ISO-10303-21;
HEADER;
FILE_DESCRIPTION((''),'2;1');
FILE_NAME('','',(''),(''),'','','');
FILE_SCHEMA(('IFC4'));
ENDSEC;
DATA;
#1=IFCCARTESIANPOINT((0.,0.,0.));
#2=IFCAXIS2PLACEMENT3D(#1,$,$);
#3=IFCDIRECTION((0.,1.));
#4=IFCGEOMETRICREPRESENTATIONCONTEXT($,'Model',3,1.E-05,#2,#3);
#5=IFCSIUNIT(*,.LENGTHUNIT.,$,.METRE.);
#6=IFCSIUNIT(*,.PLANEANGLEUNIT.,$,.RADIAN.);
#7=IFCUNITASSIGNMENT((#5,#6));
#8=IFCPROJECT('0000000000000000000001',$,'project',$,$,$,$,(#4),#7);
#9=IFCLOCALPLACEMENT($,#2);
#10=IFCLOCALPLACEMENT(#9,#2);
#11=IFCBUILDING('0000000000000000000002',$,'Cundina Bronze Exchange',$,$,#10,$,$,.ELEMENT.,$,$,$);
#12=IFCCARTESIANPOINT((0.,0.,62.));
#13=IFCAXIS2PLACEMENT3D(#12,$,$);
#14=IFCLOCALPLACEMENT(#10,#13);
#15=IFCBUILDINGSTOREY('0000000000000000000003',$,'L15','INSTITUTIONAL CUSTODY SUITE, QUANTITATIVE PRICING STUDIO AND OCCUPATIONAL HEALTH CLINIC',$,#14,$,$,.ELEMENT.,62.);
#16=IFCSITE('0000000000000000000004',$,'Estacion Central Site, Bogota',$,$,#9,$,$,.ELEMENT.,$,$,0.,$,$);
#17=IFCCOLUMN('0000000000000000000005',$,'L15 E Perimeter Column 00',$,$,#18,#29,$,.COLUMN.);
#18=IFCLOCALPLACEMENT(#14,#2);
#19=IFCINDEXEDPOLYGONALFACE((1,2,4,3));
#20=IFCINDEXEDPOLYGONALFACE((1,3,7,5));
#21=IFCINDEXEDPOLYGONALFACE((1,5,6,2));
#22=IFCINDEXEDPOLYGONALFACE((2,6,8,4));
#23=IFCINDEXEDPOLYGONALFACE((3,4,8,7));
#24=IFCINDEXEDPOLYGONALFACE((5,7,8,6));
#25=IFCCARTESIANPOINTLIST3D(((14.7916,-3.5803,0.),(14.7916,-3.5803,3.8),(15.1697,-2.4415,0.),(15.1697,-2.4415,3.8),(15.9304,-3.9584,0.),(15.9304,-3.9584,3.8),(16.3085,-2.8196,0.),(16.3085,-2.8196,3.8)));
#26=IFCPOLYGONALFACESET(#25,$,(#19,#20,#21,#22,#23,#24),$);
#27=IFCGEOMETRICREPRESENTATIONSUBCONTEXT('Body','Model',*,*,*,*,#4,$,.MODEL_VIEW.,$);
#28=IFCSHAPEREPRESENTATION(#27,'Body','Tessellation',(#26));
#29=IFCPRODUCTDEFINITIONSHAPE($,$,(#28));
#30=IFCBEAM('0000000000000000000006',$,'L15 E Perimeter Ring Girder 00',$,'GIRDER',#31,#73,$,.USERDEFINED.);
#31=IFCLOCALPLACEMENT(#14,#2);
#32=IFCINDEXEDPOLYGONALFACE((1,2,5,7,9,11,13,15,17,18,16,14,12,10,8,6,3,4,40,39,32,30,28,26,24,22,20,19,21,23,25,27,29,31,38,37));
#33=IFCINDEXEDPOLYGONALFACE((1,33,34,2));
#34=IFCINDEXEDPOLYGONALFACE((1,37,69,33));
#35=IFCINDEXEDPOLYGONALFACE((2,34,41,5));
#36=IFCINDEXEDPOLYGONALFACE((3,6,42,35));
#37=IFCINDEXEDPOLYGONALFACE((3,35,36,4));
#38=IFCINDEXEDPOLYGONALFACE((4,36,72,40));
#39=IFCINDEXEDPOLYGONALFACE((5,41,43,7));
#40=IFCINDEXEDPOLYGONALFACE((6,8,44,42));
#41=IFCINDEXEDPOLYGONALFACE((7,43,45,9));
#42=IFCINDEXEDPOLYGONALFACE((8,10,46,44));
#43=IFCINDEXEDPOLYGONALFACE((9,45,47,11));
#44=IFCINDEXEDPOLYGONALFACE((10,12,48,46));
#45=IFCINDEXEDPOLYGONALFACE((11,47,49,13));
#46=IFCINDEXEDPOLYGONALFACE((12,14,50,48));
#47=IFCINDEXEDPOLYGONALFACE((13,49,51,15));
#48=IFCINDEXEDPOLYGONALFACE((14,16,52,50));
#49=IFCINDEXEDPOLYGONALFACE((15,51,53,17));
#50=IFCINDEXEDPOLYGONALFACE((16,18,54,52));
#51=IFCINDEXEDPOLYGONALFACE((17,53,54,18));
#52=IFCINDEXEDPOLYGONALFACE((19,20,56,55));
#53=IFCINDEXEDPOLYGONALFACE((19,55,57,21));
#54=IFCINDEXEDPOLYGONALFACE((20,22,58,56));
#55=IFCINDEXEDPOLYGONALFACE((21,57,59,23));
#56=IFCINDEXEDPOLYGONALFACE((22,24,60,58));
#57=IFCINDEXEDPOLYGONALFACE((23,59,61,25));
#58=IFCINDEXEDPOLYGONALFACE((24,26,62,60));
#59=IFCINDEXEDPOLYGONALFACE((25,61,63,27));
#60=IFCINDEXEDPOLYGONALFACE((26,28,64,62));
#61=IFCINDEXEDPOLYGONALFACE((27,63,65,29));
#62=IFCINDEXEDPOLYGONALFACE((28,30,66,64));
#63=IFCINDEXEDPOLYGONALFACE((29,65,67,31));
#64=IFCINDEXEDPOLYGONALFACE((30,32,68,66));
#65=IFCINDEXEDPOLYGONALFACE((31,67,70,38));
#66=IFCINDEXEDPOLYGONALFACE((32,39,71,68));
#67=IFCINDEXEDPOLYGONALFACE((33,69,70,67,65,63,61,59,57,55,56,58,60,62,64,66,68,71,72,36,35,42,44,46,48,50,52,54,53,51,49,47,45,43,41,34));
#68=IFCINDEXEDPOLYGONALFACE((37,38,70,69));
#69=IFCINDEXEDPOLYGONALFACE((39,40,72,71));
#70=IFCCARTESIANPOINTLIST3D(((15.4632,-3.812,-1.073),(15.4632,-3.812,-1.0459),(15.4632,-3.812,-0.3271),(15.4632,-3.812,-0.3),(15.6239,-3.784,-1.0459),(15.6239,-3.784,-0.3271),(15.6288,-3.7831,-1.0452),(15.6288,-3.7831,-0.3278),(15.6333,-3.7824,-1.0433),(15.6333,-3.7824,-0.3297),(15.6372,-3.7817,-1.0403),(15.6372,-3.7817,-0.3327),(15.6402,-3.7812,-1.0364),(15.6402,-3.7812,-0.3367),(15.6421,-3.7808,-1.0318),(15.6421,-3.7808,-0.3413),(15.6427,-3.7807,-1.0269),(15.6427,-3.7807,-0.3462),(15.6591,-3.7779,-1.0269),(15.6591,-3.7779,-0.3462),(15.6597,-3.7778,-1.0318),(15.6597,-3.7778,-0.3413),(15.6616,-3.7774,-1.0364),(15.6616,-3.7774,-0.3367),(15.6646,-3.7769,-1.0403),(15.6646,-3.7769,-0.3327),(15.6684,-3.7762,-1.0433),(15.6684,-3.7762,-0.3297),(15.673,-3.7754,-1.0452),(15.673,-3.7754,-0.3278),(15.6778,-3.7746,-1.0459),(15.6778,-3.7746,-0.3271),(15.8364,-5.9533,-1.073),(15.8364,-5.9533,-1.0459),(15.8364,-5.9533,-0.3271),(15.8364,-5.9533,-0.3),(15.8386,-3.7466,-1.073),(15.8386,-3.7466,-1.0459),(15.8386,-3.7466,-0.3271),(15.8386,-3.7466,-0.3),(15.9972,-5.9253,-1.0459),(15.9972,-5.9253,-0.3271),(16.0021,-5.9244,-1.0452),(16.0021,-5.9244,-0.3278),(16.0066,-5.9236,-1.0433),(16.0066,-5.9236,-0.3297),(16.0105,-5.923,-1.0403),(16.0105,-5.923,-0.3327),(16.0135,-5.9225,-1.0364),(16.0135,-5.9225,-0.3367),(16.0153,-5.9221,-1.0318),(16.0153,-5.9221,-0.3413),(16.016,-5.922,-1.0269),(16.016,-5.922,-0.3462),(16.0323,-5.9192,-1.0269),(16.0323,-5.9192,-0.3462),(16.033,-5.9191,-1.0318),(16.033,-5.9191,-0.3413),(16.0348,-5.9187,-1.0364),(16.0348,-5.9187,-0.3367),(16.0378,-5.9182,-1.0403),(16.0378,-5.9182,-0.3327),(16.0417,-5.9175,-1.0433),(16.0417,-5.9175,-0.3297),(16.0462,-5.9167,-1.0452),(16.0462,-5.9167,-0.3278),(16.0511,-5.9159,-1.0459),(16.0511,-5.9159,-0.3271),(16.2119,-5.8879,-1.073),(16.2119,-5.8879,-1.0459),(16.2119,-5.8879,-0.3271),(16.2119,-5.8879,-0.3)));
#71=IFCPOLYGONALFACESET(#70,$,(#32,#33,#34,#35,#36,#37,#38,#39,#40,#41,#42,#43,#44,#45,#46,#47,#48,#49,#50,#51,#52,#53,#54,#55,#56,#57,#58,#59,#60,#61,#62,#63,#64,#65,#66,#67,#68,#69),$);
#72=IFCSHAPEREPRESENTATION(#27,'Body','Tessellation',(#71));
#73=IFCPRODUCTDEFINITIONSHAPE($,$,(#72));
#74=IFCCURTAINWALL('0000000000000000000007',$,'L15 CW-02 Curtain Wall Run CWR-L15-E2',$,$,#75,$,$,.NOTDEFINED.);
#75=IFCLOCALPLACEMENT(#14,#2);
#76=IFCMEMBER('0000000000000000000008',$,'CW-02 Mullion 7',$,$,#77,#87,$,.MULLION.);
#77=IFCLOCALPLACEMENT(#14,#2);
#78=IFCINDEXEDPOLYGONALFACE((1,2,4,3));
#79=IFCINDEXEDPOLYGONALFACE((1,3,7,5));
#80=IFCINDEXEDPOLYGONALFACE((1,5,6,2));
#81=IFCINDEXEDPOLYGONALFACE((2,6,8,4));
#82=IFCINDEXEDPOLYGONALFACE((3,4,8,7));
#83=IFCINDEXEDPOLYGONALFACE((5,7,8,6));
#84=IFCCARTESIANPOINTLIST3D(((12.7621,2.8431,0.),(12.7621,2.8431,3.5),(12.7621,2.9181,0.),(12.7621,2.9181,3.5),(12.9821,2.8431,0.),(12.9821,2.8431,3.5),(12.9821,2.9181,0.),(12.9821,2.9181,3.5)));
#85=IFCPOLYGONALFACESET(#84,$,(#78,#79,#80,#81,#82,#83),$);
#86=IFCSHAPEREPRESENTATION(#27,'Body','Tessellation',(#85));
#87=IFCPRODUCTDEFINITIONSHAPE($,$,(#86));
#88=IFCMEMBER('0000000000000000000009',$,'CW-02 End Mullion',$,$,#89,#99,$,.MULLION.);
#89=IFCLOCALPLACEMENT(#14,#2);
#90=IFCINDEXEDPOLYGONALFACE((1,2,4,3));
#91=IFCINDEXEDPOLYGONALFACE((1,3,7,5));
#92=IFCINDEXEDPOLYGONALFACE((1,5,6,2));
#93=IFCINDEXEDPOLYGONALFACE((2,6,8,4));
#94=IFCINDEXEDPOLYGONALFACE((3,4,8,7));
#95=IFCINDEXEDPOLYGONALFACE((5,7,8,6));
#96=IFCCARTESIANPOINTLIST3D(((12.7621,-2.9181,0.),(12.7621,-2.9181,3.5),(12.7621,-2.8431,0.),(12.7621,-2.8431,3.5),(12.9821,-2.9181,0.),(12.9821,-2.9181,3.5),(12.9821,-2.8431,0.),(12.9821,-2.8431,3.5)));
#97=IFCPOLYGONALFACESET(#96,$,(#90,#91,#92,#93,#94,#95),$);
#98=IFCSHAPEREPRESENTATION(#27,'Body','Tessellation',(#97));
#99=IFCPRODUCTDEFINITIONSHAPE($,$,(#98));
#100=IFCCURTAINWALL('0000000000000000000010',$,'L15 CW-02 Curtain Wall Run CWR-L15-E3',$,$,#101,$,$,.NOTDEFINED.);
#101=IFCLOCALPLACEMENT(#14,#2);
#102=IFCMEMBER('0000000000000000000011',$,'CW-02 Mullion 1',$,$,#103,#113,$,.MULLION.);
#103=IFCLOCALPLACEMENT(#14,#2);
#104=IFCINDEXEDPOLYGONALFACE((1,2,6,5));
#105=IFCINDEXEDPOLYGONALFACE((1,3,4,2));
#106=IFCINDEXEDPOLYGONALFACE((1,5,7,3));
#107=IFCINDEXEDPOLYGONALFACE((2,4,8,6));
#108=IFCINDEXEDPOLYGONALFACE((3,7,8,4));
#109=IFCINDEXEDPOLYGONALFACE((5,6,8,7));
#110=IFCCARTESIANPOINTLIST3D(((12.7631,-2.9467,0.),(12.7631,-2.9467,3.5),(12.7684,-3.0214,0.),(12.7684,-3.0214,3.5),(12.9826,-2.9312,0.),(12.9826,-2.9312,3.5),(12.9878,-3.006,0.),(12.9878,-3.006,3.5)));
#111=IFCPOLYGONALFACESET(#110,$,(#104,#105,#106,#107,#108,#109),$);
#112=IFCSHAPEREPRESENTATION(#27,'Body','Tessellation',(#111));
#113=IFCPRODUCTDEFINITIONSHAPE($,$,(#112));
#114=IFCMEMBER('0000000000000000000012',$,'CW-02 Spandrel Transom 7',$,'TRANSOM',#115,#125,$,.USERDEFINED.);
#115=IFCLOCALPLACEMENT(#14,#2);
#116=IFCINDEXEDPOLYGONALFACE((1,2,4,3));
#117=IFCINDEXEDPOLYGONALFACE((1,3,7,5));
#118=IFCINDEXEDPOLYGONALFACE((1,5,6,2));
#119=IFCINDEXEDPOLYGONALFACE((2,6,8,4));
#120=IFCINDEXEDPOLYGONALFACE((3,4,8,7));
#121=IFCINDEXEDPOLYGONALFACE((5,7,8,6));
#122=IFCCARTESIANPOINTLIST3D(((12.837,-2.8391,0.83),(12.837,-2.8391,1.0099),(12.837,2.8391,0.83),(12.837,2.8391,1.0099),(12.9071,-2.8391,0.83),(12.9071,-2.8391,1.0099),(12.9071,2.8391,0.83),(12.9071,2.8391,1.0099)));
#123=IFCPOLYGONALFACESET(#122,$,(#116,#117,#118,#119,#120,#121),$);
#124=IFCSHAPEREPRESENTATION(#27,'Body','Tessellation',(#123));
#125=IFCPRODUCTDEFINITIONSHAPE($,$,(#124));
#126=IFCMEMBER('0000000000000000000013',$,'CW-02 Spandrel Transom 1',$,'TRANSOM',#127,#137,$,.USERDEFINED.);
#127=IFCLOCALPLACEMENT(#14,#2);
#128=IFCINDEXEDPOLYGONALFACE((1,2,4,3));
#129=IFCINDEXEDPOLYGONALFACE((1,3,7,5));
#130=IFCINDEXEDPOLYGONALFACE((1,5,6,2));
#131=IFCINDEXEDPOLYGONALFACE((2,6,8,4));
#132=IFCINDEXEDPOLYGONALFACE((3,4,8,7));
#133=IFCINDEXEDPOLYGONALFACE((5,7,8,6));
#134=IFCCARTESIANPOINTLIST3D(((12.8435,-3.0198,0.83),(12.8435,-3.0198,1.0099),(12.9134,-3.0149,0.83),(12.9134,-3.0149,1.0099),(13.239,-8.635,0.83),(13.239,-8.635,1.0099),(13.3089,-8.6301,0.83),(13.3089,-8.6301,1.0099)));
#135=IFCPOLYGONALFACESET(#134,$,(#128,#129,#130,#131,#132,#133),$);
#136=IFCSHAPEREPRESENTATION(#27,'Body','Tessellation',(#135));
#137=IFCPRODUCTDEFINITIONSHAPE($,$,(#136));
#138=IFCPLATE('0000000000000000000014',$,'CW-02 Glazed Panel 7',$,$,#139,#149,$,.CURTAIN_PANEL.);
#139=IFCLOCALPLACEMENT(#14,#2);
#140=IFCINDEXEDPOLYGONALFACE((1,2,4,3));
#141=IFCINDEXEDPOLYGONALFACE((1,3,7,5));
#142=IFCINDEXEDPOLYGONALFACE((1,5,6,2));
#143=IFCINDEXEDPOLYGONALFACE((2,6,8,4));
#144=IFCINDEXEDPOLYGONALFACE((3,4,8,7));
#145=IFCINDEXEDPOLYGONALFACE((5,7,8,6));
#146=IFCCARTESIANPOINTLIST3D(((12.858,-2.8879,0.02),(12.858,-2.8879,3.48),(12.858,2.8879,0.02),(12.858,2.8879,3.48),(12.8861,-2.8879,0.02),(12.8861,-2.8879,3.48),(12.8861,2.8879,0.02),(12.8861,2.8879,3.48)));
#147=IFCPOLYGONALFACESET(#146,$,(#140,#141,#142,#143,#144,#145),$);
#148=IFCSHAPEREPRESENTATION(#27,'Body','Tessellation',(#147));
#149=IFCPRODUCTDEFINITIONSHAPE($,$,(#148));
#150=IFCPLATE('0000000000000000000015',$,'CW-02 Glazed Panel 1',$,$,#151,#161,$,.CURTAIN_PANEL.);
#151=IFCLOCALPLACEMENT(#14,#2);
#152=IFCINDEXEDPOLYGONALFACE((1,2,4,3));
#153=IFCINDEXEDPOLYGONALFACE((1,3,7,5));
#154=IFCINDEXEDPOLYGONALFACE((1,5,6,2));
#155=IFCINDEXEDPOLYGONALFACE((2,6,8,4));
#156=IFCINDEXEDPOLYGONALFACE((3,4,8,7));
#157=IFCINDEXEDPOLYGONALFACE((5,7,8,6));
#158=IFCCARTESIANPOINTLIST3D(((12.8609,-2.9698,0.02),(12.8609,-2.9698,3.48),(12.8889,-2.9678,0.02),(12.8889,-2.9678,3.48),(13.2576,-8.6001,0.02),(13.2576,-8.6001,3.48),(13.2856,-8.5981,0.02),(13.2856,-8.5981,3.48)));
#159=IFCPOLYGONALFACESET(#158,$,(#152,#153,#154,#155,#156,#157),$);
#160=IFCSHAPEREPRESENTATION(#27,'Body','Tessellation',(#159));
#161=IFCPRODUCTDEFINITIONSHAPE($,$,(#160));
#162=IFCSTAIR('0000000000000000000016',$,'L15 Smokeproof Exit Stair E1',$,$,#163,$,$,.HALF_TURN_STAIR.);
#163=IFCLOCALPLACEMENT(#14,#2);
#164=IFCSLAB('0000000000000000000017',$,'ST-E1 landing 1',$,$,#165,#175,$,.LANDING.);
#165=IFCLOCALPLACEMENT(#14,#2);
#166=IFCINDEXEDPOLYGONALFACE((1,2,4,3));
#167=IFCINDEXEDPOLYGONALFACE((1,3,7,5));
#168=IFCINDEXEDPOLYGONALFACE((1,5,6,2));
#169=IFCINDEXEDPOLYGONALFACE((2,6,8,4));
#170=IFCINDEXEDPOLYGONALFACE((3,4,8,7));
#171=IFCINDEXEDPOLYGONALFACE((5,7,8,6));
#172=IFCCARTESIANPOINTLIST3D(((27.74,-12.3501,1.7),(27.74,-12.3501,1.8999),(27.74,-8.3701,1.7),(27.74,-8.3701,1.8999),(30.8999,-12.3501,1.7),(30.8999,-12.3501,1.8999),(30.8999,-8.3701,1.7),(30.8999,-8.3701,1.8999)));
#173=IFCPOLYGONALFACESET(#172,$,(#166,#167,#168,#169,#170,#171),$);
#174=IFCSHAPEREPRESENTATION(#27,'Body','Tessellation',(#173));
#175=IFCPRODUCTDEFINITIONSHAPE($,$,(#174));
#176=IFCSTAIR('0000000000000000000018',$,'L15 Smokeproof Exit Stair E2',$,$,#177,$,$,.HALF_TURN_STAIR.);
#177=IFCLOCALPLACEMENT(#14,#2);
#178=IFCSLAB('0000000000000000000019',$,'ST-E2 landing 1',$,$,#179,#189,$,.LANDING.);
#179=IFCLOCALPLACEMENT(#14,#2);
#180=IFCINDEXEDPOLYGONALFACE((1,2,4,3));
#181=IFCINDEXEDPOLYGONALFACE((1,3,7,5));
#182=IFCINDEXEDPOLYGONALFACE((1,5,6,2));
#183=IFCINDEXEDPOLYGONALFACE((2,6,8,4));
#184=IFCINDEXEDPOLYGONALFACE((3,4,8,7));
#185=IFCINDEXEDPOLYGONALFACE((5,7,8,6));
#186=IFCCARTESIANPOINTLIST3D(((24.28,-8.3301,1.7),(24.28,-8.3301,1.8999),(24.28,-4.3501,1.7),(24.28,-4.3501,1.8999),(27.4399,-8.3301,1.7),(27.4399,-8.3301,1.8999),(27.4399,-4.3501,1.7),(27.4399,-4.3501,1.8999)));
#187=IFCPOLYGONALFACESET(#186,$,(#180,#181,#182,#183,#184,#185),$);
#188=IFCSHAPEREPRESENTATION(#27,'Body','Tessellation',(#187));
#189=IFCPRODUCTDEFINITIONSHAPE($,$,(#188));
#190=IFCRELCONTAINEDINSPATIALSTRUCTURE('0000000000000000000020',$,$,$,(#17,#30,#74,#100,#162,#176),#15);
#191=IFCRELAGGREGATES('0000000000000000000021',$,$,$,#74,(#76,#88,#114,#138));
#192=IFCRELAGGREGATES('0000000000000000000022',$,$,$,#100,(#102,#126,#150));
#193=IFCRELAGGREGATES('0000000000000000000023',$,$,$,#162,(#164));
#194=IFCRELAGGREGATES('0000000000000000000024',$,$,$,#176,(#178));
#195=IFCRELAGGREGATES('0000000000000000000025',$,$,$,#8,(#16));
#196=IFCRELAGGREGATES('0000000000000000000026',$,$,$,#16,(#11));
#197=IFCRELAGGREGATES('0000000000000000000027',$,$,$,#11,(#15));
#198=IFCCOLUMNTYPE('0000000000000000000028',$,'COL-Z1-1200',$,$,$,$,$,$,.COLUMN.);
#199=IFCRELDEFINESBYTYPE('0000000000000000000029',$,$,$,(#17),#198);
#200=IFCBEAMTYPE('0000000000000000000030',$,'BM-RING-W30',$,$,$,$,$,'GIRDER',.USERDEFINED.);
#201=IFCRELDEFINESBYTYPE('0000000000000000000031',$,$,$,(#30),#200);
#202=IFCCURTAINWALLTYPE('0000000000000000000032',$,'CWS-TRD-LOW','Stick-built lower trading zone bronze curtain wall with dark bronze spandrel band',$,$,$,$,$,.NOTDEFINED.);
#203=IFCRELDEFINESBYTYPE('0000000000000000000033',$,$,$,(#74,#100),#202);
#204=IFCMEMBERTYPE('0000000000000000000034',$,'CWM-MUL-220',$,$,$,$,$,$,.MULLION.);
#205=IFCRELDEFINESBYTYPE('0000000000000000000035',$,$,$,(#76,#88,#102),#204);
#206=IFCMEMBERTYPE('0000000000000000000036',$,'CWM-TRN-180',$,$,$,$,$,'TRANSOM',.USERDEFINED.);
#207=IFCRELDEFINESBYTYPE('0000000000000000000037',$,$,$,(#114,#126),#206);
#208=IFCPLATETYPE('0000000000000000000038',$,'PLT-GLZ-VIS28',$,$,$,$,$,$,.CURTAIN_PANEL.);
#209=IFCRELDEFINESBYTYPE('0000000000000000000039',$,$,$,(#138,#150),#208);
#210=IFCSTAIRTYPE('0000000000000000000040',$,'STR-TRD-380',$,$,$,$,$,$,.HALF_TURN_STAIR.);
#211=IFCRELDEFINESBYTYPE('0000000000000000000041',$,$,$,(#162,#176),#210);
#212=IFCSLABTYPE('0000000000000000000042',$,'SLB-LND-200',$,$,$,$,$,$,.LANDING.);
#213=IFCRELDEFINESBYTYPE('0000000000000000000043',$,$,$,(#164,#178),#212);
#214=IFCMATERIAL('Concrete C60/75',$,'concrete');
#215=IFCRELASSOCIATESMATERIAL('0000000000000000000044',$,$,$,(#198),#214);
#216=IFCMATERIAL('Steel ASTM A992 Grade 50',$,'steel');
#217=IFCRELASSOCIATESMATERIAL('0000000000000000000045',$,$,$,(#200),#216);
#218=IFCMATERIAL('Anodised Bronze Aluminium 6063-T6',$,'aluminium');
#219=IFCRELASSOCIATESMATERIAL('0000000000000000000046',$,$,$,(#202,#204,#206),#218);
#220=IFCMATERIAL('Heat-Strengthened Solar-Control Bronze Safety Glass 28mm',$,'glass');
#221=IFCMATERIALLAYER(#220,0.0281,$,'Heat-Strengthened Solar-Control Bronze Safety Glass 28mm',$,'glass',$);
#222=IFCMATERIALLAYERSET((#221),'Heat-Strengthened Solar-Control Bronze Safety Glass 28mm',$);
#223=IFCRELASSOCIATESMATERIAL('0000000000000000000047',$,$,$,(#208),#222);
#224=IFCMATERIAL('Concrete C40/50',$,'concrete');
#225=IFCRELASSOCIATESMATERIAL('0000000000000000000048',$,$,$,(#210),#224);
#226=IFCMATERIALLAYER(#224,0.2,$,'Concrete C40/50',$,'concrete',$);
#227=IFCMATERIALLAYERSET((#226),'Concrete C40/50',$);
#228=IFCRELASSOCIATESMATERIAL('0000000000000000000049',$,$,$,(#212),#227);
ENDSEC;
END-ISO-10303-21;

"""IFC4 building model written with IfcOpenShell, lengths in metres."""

from ifc_helpers import new_model, si_unit, direction, frame, origin, origin_2d, place, context, subcontext, project, spatial, polyline, rectangle, i_section, outline, extrude, material, layer, layer_set, material_profile, profile_set, type_object, element, aggregate, save


model = new_model("IFC4")

# Units and contexts
model_context = context("Model", 3, precision=1e-05, world=origin(), true_north=direction((0.0, 1.0)))
body_context = subcontext(model_context, "Body", "Model", "MODEL_VIEW")
ifc_project = project(units=[si_unit("LENGTHUNIT", "METRE"), si_unit("PLANEANGLEUNIT", "RADIAN")], contexts=[model_context])

# Site, building, storey
site_placement = place(None, origin())
site = spatial("IfcSite", under=ifc_project, at=site_placement, Name="Estacion Central Site, Bogota", CompositionType="ELEMENT", RefElevation=0.0)
building_placement = place(site_placement, origin())
building = spatial("IfcBuilding", under=site, at=building_placement, Name="Cundina Bronze Exchange", CompositionType="ELEMENT")
storey_placement = place(building_placement, frame((0.0, 0.0, 62.0)))
storey = spatial("IfcBuildingStorey", under=building, at=storey_placement, Name="L15", Description="INSTITUTIONAL CUSTODY SUITE, QUANTITATIVE PRICING STUDIO AND OCCUPATIONAL HEALTH CLINIC", CompositionType="ELEMENT", Elevation=62.0)

# Column
ifc_material_1 = material(Name="Concrete C60/75", Category="concrete")
ifc_material_profile_1 = material_profile(ifc_material_1, rectangle(XDim=1.2, YDim=1.2, at=origin_2d()), Name="RC1200X1200", Category="concrete")
ifc_profile_set_1 = profile_set([ifc_material_profile_1], Name="Concrete C60/75")
column_type = type_object("IfcColumnType", Name="COL-Z1-1200", PredefinedType="COLUMN", material=ifc_profile_set_1)
column_placement = place(storey_placement, frame((15.55, -3.2, 0.0), z_axis=(0.0, 0.0, 1.0), x_axis=(-0.315152, -0.949041, 0.0)))
element("IfcColumn", 1, at=column_placement, inside=storey, type_object=column_type, Name="L15 E Perimeter Column 00", PredefinedType="COLUMN", context=body_context, shape_type="SweptSolid", body=[
    extrude(rectangle(XDim=1.2, YDim=1.2, at=origin_2d()), origin(), (0.0, 0.0, 1.0), 3.8),
])

# Beam
ifc_material_2 = material(Name="Steel ASTM A992 Grade 50", Category="steel")
ifc_material_profile_2 = material_profile(ifc_material_2, i_section(OverallWidth=0.3811, OverallDepth=0.7729, WebThickness=0.0166, FlangeThickness=0.0271, FilletRadius=0.019, at=origin_2d()), Name="W30X173", Category="steel")
ifc_profile_set_2 = profile_set([ifc_material_profile_2], Name="Steel ASTM A992 Grade 50")
beam_type = type_object("IfcBeamType", Name="BM-RING-W30", ElementType="GIRDER", PredefinedType="USERDEFINED", material=ifc_profile_set_2)
beam_placement = place(storey_placement, frame((15.6509, -3.7793, -0.6865), z_axis=(0.171735, -0.985143, 0.0), x_axis=(0.985143, 0.171735, 0.0)))
element("IfcBeam", 2, at=beam_placement, inside=storey, type_object=beam_type, Name="L15 E Perimeter Ring Girder 00", ObjectType="GIRDER", PredefinedType="USERDEFINED", context=body_context, shape_type="SweptSolid", body=[
    extrude(i_section(OverallWidth=0.3811, OverallDepth=0.7729, WebThickness=0.0166, FlangeThickness=0.0271, FilletRadius=0.019, at=origin_2d()), origin(), (0.0, 0.0, 1.0), 2.1736),
])

# Curtain wall, members
ifc_material_3 = material(Name="Anodised Bronze Aluminium 6063-T6", Category="aluminium")
curtain_wall_type = type_object("IfcCurtainWallType", Name="CWS-TRD-LOW", Description="Stick-built lower trading zone bronze curtain wall with dark bronze spandrel band", PredefinedType="NOTDEFINED", material=ifc_material_3)
curtain_wall_1_placement = place(storey_placement, origin())
curtain_wall_1 = element("IfcCurtainWall", 3, at=curtain_wall_1_placement, inside=storey, type_object=curtain_wall_type, Name="L15 CW-02 Curtain Wall Run CWR-L15-E2", PredefinedType="NOTDEFINED")
ifc_material_profile_3 = material_profile(ifc_material_3, rectangle(XDim=0.075, YDim=0.22, at=origin_2d()), Name="AL75X220", Category="aluminium")
ifc_profile_set_3 = profile_set([ifc_material_profile_3], Name="Anodised Bronze Aluminium 6063-T6")
member_type_1 = type_object("IfcMemberType", Name="CWM-MUL-220", PredefinedType="MULLION", material=ifc_profile_set_3)
member_1_placement = place(storey_placement, frame((12.8721, 2.8806, 0.0), z_axis=(0.0, 0.0, 1.0), x_axis=(0.0, -1.0, 0.0)))
member_1 = element("IfcMember", 4, at=member_1_placement, type_object=member_type_1, Name="CW-02 Mullion 7", PredefinedType="MULLION", context=body_context, shape_type="SweptSolid", body=[
    extrude(rectangle(XDim=0.075, YDim=0.22, at=origin_2d()), origin(), (0.0, 0.0, 1.0), 3.5),
])
member_2_placement = place(storey_placement, frame((12.8721, -2.8806, 0.0), z_axis=(0.0, 0.0, 1.0), x_axis=(0.0, -1.0, 0.0)))
member_2 = element("IfcMember", 5, at=member_2_placement, type_object=member_type_1, Name="CW-02 End Mullion", PredefinedType="MULLION", context=body_context, shape_type="SweptSolid", body=[
    extrude(rectangle(XDim=0.075, YDim=0.22, at=origin_2d()), origin(), (0.0, 0.0, 1.0), 3.5),
])

# Curtain wall, member
curtain_wall_2_placement = place(storey_placement, origin())
curtain_wall_2 = element("IfcCurtainWall", 6, at=curtain_wall_2_placement, inside=storey, type_object=curtain_wall_type, Name="L15 CW-02 Curtain Wall Run CWR-L15-E3", PredefinedType="NOTDEFINED")
member_3_placement = place(storey_placement, frame((12.8755, -2.9763, 0.0), z_axis=(0.0, 0.0, 1.0), x_axis=(0.070279, -0.997527, 0.0)))
member_3 = element("IfcMember", 7, at=member_3_placement, type_object=member_type_1, Name="CW-02 Mullion 1", PredefinedType="MULLION", context=body_context, shape_type="SweptSolid", body=[
    extrude(rectangle(XDim=0.075, YDim=0.22, at=origin_2d()), origin(), (0.0, 0.0, 1.0), 3.5),
])

# Members
ifc_material_profile_4 = material_profile(ifc_material_3, rectangle(XDim=0.0701, YDim=0.1799, at=origin_2d()), Name="AL70X180", Category="aluminium")
ifc_profile_set_4 = profile_set([ifc_material_profile_4], Name="Anodised Bronze Aluminium 6063-T6")
member_type_2 = type_object("IfcMemberType", Name="CWM-TRN-180", ElementType="TRANSOM", PredefinedType="USERDEFINED", material=ifc_profile_set_4)
member_4_placement = place(storey_placement, frame((12.8721, 2.8391, 0.9199), z_axis=(0.0, -1.0, 0.0), x_axis=(1.0, 0.0, 0.0)))
member_4 = element("IfcMember", 8, at=member_4_placement, type_object=member_type_2, Name="CW-02 Spandrel Transom 7", ObjectType="TRANSOM", PredefinedType="USERDEFINED", context=body_context, shape_type="SweptSolid", body=[
    extrude(rectangle(XDim=0.0701, YDim=0.1799, at=origin_2d()), origin(), (0.0, 0.0, 1.0), 5.6782),
])
member_5_placement = place(storey_placement, frame((12.8784, -3.0173, 0.9199), z_axis=(0.070261, -0.997529, 0.0), x_axis=(0.997529, 0.070261, 0.0)))
member_5 = element("IfcMember", 9, at=member_5_placement, type_object=member_type_2, Name="CW-02 Spandrel Transom 1", ObjectType="TRANSOM", PredefinedType="USERDEFINED", context=body_context, shape_type="SweptSolid", body=[
    extrude(rectangle(XDim=0.0701, YDim=0.1799, at=origin_2d()), origin(), (0.0, 0.0, 1.0), 5.6292),
])

# Plates
ifc_material_4 = material(Name="Heat-Strengthened Solar-Control Bronze Safety Glass 28mm", Category="glass")
ifc_layer_1 = layer(ifc_material_4, 0.0281, Name="Heat-Strengthened Solar-Control Bronze Safety Glass 28mm", Category="glass")
ifc_layer_set_1 = layer_set([ifc_layer_1], Name="Heat-Strengthened Solar-Control Bronze Safety Glass 28mm")
plate_type = type_object("IfcPlateType", Name="PLT-GLZ-VIS28", PredefinedType="CURTAIN_PANEL", material=ifc_layer_set_1)
plate_1_placement = place(storey_placement, frame((12.8721, 0.0, 0.02), z_axis=(0.0, 0.0, 1.0), x_axis=(0.0, -1.0, 0.0)))
plate_1 = element("IfcPlate", 10, at=plate_1_placement, type_object=plate_type, Name="CW-02 Glazed Panel 7", PredefinedType="CURTAIN_PANEL", context=body_context, shape_type="SweptSolid", body=[
    extrude(rectangle(XDim=5.7759, YDim=0.0281, at=origin_2d()), origin(), (0.0, 0.0, 1.0), 3.46),
])
aggregate(curtain_wall_1, [member_1, member_2, member_4, plate_1])
plate_2_placement = place(storey_placement, frame((13.0732, -5.7839, 0.02), z_axis=(0.0, 0.0, 1.0), x_axis=(0.070279, -0.997527, 0.0)))
plate_2 = element("IfcPlate", 11, at=plate_2_placement, type_object=plate_type, Name="CW-02 Glazed Panel 1", PredefinedType="CURTAIN_PANEL", context=body_context, shape_type="SweptSolid", body=[
    extrude(rectangle(XDim=5.6443, YDim=0.0281, at=origin_2d()), origin(), (0.0, 0.0, 1.0), 3.46),
])
aggregate(curtain_wall_2, [member_3, member_5, plate_2])

# Stairs, slabs
ifc_material_5 = material(Name="Concrete C40/50", Category="concrete")
stair_type = type_object("IfcStairType", Name="STR-TRD-380", PredefinedType="HALF_TURN_STAIR", material=ifc_material_5)
stair_1_placement = place(storey_placement, origin())
stair_1 = element("IfcStair", 12, at=stair_1_placement, inside=storey, type_object=stair_type, Name="L15 Smokeproof Exit Stair E1", PredefinedType="HALF_TURN_STAIR")
ifc_layer_2 = layer(ifc_material_5, 0.2, Name="Concrete C40/50", Category="concrete")
ifc_layer_set_2 = layer_set([ifc_layer_2], Name="Concrete C40/50")
slab_type = type_object("IfcSlabType", Name="SLB-LND-200", PredefinedType="LANDING", material=ifc_layer_set_2)
slab_1_placement = place(storey_placement, frame((0.0, 0.0, 1.7)))
slab_1 = element("IfcSlab", 13, at=slab_1_placement, type_object=slab_type, Name="ST-E1 landing 1", PredefinedType="LANDING", context=body_context, shape_type="SweptSolid", body=[
    extrude(outline(polyline([(27.74, -8.3701), (27.74, -12.3501), (30.8999, -12.3501), (30.8999, -8.3701), (27.74, -8.3701)])), origin(), (0.0, 0.0, 1.0), 0.2),
])
aggregate(stair_1, [slab_1])
stair_2_placement = place(storey_placement, origin())
stair_2 = element("IfcStair", 14, at=stair_2_placement, inside=storey, type_object=stair_type, Name="L15 Smokeproof Exit Stair E2", PredefinedType="HALF_TURN_STAIR")
slab_2_placement = place(storey_placement, frame((0.0, 0.0, 1.7)))
slab_2 = element("IfcSlab", 15, at=slab_2_placement, type_object=slab_type, Name="ST-E2 landing 1", PredefinedType="LANDING", context=body_context, shape_type="SweptSolid", body=[
    extrude(outline(polyline([(27.4399, -8.3301), (27.4399, -4.3501), (24.28, -4.3501), (24.28, -8.3301), (27.4399, -8.3301)])), origin(), (0.0, 0.0, 1.0), 0.2),
])
aggregate(stair_2, [slab_2])

save(model, "model.ifc")
